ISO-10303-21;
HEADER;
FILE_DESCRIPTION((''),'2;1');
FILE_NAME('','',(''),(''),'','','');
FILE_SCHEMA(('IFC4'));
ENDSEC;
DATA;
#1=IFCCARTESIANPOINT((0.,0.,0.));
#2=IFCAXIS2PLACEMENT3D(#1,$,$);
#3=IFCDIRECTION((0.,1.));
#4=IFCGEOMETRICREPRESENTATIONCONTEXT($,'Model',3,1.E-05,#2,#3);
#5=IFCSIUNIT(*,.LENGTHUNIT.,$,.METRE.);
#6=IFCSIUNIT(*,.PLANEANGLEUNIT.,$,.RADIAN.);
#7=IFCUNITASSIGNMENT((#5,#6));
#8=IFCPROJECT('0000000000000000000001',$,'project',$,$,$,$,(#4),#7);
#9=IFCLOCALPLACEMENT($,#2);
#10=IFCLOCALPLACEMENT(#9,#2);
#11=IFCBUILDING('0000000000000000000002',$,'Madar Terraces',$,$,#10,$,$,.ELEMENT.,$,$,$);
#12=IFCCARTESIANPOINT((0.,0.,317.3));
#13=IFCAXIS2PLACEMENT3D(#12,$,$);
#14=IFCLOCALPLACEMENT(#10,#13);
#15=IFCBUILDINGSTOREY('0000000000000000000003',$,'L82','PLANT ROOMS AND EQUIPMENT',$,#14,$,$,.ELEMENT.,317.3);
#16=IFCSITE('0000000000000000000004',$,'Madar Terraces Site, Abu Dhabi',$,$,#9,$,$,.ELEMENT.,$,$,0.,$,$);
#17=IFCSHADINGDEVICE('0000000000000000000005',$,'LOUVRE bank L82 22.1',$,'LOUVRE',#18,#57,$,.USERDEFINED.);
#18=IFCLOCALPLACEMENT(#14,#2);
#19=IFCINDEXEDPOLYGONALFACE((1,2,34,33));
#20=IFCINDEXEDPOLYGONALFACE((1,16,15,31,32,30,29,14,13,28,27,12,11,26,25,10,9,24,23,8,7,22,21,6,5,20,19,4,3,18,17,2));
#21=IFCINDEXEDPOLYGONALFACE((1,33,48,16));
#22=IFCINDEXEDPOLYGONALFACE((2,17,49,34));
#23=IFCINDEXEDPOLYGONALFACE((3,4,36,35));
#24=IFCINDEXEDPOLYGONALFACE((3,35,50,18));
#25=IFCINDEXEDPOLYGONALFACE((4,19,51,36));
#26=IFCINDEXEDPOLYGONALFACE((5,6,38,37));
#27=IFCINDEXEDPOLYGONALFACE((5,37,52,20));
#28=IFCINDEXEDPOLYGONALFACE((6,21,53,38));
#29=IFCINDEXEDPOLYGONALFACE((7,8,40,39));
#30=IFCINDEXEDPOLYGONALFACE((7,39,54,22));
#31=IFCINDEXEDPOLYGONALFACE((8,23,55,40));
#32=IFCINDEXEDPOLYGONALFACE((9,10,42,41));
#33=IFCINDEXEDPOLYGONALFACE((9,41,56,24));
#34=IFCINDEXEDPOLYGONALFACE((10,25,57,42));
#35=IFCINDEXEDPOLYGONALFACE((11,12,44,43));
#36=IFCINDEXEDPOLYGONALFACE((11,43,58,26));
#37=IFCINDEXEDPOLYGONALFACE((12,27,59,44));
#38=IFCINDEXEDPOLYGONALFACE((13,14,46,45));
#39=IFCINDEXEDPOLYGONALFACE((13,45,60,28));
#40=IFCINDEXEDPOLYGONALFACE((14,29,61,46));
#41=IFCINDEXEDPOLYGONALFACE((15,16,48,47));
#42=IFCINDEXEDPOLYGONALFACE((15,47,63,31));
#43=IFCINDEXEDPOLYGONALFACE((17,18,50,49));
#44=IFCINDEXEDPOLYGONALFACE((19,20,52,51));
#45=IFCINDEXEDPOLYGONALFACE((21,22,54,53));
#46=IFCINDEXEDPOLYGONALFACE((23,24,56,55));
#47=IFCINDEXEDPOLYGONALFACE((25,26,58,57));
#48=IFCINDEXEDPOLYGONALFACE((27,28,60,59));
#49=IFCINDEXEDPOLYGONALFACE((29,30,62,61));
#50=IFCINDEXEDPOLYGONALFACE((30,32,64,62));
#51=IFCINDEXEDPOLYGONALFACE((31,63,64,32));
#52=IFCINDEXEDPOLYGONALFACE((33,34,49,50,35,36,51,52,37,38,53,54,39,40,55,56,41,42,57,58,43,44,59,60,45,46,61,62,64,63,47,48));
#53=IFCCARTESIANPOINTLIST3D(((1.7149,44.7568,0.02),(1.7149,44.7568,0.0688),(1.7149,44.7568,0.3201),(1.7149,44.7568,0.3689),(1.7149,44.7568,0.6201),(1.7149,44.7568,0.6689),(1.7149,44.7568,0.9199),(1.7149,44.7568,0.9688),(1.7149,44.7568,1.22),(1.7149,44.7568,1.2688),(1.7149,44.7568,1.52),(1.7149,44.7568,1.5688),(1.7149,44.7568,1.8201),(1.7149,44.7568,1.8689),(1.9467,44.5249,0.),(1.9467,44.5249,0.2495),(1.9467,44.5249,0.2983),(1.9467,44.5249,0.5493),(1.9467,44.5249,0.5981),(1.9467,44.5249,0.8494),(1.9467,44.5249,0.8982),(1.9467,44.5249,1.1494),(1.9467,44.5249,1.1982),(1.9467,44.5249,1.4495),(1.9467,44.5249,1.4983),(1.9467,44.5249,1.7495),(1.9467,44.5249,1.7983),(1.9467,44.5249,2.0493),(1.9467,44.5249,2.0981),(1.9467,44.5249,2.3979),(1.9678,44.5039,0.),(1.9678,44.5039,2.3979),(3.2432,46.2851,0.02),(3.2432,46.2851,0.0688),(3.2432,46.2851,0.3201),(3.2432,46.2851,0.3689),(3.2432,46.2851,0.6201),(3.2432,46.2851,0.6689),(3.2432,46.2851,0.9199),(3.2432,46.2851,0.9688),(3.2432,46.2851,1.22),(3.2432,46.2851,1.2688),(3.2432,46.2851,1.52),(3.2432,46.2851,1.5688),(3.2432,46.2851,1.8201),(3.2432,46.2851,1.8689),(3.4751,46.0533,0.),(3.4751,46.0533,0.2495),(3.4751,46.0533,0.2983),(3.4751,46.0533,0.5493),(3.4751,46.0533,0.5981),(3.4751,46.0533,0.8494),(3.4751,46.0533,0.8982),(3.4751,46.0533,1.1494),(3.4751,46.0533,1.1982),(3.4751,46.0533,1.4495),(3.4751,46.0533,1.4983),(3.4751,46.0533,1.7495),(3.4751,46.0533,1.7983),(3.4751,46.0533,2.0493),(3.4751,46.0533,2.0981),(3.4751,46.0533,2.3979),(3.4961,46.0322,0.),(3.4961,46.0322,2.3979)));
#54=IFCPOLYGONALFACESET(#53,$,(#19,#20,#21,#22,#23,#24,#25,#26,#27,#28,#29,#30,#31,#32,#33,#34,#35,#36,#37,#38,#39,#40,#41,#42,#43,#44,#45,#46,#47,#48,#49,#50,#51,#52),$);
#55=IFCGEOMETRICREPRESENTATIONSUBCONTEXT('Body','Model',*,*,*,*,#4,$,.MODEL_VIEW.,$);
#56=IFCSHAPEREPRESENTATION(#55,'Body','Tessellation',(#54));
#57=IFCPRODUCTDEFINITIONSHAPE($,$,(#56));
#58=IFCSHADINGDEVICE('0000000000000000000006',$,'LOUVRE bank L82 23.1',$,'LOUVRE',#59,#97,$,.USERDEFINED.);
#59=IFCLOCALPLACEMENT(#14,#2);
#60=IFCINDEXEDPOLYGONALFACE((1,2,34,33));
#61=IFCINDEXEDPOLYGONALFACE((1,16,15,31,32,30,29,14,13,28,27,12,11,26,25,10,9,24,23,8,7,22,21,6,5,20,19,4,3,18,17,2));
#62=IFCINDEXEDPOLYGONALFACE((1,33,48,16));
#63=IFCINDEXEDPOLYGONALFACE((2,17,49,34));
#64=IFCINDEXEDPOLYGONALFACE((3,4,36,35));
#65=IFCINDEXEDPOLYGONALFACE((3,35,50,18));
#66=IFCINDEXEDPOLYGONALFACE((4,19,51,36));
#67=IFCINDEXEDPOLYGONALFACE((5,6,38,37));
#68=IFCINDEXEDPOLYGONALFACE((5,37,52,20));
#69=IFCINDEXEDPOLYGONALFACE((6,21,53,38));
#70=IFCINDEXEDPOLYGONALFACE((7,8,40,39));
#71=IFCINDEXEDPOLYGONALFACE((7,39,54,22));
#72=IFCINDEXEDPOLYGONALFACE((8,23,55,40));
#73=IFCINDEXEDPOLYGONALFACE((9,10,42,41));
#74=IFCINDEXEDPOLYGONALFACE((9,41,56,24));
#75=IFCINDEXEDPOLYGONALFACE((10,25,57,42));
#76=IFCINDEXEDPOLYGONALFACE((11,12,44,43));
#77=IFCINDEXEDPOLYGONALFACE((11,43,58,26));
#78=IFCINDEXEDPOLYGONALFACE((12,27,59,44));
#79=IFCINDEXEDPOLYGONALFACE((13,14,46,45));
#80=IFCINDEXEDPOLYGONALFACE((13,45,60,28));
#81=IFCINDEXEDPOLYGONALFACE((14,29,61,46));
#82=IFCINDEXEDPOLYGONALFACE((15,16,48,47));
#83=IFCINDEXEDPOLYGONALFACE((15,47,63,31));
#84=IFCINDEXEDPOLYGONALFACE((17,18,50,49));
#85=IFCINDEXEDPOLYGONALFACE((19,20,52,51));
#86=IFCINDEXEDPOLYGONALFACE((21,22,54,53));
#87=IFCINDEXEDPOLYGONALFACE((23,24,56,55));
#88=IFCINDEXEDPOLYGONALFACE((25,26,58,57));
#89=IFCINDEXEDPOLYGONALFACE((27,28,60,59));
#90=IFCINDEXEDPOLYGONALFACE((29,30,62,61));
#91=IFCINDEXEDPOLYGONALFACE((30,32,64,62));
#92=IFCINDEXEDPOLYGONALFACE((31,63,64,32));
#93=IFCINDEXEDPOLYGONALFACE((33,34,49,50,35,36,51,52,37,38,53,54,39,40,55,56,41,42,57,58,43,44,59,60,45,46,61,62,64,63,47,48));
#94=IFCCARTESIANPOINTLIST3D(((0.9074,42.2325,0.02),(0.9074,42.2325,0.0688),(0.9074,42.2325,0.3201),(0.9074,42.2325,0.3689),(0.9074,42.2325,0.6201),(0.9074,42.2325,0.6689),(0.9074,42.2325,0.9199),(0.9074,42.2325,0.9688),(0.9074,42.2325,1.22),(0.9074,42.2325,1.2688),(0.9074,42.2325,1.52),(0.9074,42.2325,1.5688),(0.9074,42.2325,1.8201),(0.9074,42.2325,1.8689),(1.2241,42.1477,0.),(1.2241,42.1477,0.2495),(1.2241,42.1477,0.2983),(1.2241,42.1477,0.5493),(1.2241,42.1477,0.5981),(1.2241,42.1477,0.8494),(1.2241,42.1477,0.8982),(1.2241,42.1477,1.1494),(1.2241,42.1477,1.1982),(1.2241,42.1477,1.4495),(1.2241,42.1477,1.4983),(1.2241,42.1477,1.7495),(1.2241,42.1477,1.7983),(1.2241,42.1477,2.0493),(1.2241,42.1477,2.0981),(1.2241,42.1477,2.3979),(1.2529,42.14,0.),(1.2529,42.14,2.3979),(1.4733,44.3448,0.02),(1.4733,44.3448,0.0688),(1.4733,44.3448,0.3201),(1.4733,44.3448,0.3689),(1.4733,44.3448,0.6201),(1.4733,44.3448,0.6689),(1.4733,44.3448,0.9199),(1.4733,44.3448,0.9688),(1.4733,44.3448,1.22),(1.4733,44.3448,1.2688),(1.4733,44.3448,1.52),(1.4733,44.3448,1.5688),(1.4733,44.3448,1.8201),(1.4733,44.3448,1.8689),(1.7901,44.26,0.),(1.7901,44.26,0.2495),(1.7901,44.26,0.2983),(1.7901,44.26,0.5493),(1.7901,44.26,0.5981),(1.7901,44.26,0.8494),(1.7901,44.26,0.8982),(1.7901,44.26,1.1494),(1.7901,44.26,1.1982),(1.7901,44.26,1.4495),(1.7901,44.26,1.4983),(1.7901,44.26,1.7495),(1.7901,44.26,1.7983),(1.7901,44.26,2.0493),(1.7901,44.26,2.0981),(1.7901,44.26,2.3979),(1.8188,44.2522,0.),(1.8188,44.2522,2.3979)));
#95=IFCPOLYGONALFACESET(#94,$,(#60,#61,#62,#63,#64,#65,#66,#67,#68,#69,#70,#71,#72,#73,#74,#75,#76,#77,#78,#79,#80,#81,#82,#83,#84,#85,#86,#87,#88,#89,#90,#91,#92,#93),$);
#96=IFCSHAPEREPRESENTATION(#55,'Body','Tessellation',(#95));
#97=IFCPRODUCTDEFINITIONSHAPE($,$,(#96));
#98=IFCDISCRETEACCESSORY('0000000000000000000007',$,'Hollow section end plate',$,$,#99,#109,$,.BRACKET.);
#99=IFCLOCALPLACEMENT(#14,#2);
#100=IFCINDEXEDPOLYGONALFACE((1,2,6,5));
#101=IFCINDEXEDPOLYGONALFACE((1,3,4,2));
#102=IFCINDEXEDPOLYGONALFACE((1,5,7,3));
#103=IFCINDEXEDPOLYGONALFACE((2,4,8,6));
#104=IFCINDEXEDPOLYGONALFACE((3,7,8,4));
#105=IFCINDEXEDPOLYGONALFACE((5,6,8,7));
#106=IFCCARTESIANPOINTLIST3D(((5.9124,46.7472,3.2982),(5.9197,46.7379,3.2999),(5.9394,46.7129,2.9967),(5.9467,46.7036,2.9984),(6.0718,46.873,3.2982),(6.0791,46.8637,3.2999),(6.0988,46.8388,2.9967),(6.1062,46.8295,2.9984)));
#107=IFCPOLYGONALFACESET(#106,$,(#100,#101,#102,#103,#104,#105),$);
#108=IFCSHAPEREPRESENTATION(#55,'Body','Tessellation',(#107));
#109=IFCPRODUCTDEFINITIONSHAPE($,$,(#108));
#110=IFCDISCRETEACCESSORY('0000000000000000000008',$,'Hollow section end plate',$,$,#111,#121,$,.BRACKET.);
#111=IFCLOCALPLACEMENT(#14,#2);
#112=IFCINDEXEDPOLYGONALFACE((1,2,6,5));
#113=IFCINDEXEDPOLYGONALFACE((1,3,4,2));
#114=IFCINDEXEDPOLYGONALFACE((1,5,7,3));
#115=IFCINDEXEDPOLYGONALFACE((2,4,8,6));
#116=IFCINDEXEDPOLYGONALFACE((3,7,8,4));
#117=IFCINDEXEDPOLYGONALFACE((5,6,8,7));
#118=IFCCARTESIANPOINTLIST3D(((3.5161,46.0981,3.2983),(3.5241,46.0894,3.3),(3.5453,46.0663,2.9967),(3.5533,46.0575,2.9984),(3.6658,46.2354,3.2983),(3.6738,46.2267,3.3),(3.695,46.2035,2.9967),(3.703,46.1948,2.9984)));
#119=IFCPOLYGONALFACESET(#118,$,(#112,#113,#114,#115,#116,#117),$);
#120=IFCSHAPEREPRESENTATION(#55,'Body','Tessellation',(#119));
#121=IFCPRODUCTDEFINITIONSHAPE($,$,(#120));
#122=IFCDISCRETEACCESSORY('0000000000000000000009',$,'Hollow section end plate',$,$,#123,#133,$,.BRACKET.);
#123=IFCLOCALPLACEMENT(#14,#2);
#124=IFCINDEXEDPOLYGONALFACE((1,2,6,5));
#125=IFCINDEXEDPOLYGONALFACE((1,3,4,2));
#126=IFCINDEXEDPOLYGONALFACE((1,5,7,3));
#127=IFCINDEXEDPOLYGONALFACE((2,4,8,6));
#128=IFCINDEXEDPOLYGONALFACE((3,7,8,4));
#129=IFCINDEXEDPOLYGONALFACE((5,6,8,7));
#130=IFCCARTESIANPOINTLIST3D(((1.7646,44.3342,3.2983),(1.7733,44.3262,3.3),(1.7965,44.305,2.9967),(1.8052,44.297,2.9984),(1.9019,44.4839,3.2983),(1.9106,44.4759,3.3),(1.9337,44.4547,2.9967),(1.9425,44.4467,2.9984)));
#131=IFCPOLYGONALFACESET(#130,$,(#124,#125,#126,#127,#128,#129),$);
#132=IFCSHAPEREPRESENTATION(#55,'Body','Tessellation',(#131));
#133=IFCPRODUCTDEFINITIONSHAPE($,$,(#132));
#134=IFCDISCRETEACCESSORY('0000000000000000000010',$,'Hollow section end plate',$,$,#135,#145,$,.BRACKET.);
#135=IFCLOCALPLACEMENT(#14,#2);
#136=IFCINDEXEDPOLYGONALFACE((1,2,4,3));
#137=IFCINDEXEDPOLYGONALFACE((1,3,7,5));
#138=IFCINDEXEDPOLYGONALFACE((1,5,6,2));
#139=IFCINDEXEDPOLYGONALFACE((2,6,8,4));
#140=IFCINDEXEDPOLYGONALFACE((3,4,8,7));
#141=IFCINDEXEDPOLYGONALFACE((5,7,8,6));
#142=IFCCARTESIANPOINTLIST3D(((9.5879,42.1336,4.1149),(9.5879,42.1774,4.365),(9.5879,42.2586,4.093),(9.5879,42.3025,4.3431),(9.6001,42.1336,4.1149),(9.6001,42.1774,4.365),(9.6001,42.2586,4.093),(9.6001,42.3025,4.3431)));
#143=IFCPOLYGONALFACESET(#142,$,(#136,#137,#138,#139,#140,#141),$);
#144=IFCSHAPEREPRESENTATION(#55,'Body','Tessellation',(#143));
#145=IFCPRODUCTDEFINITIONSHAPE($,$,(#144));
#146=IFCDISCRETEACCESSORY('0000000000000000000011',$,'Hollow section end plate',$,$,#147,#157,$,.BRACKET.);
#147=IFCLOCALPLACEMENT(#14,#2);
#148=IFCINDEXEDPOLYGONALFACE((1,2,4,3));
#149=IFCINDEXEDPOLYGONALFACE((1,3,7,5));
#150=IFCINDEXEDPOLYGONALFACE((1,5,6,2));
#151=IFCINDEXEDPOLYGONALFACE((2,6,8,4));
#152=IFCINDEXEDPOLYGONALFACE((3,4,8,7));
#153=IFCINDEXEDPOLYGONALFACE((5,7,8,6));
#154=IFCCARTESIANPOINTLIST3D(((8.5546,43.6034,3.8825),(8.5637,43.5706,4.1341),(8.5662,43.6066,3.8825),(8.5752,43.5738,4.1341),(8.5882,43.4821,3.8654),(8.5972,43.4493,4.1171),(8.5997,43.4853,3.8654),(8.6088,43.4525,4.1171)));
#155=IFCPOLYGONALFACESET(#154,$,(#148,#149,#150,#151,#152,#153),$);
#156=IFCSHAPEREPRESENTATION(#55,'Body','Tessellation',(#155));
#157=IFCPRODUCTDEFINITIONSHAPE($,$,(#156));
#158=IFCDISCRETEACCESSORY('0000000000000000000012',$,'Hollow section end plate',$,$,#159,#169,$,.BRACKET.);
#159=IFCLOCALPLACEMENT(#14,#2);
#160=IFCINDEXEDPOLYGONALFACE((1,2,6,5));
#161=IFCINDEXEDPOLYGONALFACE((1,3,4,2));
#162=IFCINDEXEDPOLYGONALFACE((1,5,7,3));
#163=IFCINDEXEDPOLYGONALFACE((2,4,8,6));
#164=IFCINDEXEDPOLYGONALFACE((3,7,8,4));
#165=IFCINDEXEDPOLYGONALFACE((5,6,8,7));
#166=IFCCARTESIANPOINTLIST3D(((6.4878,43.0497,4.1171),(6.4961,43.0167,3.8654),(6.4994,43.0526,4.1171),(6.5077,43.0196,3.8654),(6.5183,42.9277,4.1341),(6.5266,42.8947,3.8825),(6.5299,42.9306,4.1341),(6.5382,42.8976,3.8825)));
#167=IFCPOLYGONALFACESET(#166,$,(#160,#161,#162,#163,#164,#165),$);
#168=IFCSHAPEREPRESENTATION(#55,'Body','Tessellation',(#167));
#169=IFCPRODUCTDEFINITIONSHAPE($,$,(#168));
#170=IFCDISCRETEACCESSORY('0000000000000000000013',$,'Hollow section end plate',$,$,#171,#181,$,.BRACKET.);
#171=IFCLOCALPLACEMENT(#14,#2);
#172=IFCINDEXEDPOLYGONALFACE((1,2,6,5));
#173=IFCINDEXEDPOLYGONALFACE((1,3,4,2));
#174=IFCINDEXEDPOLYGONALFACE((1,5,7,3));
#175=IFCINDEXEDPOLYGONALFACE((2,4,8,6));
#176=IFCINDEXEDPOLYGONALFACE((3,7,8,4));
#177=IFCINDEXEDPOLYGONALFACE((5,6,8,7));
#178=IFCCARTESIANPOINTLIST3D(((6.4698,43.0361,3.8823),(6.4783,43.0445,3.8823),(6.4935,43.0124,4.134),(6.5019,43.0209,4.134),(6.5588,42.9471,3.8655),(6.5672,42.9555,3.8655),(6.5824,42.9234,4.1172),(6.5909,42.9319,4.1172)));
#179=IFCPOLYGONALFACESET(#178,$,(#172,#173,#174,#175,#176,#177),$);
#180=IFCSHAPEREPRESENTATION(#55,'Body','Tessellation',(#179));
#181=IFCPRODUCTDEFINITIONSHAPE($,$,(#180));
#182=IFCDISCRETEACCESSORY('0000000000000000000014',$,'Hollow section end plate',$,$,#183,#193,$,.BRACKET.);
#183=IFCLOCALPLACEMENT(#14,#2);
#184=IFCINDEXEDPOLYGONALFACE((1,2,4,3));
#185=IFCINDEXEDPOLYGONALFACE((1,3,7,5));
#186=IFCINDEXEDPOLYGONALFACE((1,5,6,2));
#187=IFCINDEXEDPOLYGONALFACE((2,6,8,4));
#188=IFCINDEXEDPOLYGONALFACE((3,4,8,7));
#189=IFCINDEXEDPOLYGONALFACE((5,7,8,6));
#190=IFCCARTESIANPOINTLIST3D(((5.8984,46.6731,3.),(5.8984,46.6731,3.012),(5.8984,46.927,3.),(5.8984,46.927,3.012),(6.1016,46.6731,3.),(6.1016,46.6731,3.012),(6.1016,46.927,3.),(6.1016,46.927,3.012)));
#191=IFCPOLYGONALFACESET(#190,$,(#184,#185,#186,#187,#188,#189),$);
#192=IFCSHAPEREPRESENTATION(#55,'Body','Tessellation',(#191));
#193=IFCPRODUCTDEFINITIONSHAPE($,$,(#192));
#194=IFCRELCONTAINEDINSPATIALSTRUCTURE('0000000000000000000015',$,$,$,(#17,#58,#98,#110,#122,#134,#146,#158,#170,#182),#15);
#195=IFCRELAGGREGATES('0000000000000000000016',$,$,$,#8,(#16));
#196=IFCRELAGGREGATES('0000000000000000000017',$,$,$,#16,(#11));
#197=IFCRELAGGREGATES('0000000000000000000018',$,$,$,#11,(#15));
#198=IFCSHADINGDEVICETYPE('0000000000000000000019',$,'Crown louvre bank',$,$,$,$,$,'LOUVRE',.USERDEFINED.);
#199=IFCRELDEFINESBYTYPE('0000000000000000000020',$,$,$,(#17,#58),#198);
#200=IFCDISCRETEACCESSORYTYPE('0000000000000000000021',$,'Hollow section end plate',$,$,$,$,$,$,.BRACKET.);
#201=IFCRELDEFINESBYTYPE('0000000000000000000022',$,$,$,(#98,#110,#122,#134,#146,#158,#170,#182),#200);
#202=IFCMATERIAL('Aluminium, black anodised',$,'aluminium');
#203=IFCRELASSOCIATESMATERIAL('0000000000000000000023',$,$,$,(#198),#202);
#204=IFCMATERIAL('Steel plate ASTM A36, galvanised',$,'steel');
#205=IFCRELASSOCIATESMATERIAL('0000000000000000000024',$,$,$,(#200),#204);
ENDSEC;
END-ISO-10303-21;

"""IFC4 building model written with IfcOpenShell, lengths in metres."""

from ifc_helpers import new_model, si_unit, direction, frame, origin, origin_2d, place, context, subcontext, project, spatial, polyline, rectangle, outline, extrude, material, type_object, element, save


model = new_model("IFC4")

# Units and contexts
model_context = context("Model", 3, precision=1e-05, world=origin(), true_north=direction((0.0, 1.0)))
body_context = subcontext(model_context, "Body", "Model", "MODEL_VIEW")
ifc_project = project(units=[si_unit("LENGTHUNIT", "METRE"), si_unit("PLANEANGLEUNIT", "RADIAN")], contexts=[model_context])

# Site, building, storey
site_placement = place(None, origin())
site = spatial("IfcSite", under=ifc_project, at=site_placement, Name="Madar Terraces Site, Abu Dhabi", CompositionType="ELEMENT", RefElevation=0.0)
building_placement = place(site_placement, origin())
building = spatial("IfcBuilding", under=site, at=building_placement, Name="Madar Terraces", CompositionType="ELEMENT")
storey_placement = place(building_placement, frame((0.0, 0.0, 317.3)))
storey = spatial("IfcBuildingStorey", under=building, at=storey_placement, Name="L82", Description="PLANT ROOMS AND EQUIPMENT", CompositionType="ELEMENT", Elevation=317.3)

# Shading devices
ifc_material_1 = material(Name="Aluminium, black anodised", Category="aluminium")
shading_device_type = type_object("IfcShadingDeviceType", Name="Crown louvre bank", ElementType="LOUVRE", PredefinedType="USERDEFINED", material=ifc_material_1)
shading_device_1_placement = place(storey_placement, frame((3.4856, 46.0427, 0.0), z_axis=(-0.707107, -0.707107, 0.0), x_axis=(0.707107, -0.707107, 0.0)))
element("IfcShadingDevice", 1, at=shading_device_1_placement, inside=storey, type_object=shading_device_type, Name="LOUVRE bank L82 22.1", ObjectType="LOUVRE", PredefinedType="USERDEFINED", context=body_context, shape_type="SweptSolid", body=[
    extrude(outline(polyline([(0.0149, 0.0), (-0.0149, 0.0), (-0.0149, 0.2495), (-0.3428, 0.02), (-0.3428, 0.0688), (-0.0149, 0.2983), (-0.0149, 0.5493), (-0.3428, 0.3201), (-0.3428, 0.3689), (-0.0149, 0.5981), (-0.0149, 0.8494), (-0.3428, 0.6201), (-0.3428, 0.6689), (-0.0149, 0.8982), (-0.0149, 1.1494), (-0.3428, 0.9199), (-0.3428, 0.9688), (-0.0149, 1.1982), (-0.0149, 1.4495), (-0.3428, 1.22), (-0.3428, 1.2688), (-0.0149, 1.4983), (-0.0149, 1.7495), (-0.3428, 1.52), (-0.3428, 1.5688), (-0.0149, 1.7983), (-0.0149, 2.0493), (-0.3428, 1.8201), (-0.3428, 1.8689), (-0.0149, 2.0981), (-0.0149, 2.3979), (0.0149, 2.3979), (0.0149, 0.0)])), origin(), (0.0, 0.0, 1.0), 2.1614),
])
shading_device_2_placement = place(storey_placement, frame((1.8044, 44.2561, 0.0), z_axis=(-0.258788, -0.965934, 0.0), x_axis=(0.965934, -0.258788, 0.0)))
element("IfcShadingDevice", 2, at=shading_device_2_placement, inside=storey, type_object=shading_device_type, Name="LOUVRE bank L82 23.1", ObjectType="LOUVRE", PredefinedType="USERDEFINED", context=body_context, shape_type="SweptSolid", body=[
    extrude(outline(polyline([(0.0149, 0.0), (-0.0149, 0.0), (-0.0149, 0.2495), (-0.3428, 0.02), (-0.3428, 0.0688), (-0.0149, 0.2983), (-0.0149, 0.5493), (-0.3428, 0.3201), (-0.3428, 0.3689), (-0.0149, 0.5981), (-0.0149, 0.8494), (-0.3428, 0.6201), (-0.3428, 0.6689), (-0.0149, 0.8982), (-0.0149, 1.1494), (-0.3428, 0.9199), (-0.3428, 0.9688), (-0.0149, 1.1982), (-0.0149, 1.4495), (-0.3428, 1.22), (-0.3428, 1.2688), (-0.0149, 1.4983), (-0.0149, 1.7495), (-0.3428, 1.52), (-0.3428, 1.5688), (-0.0149, 1.7983), (-0.0149, 2.0493), (-0.3428, 1.8201), (-0.3428, 1.8689), (-0.0149, 2.0981), (-0.0149, 2.3979), (0.0149, 2.3979), (0.0149, 0.0)])), origin(), (0.0, 0.0, 1.0), 2.1868),
])

# Discrete accessories
ifc_material_2 = material(Name="Steel plate ASTM A36, galvanised", Category="steel")
discrete_accessory_type = type_object("IfcDiscreteAccessoryType", Name="Hollow section end plate", PredefinedType="BRACKET", material=ifc_material_2)
for number, where, z_axis, x_axis, name in (
    (3, (6.0129, 46.7837, 3.1492), (-0.613267, 0.776805, -0.143096), (-0.784883, -0.619644, 0.0), "Hollow section end plate"),
    (4, (3.6135, 46.1421, 3.1492), (-0.668888, 0.729696, -0.141885), (-0.737154, -0.675725, 0.0), "Hollow section end plate"),
    (5, (1.8579, 44.3865, 3.1492), (-0.729696, 0.668888, -0.141885), (-0.675725, -0.737154, 0.0), "Hollow section end plate"),
):
    element("IfcDiscreteAccessory", number, at=place(storey_placement, frame(where, z_axis=z_axis, x_axis=x_axis)), inside=storey, type_object=discrete_accessory_type, Name=name, PredefinedType="BRACKET", context=body_context, shape_type="SweptSolid", body=[
        extrude(rectangle(XDim=0.2031, YDim=0.3047, at=origin_2d()), origin(), (0.0, 0.0, 1.0), 0.012),
    ])
discrete_accessory_placement = place(storey_placement, frame((9.6001, 42.218, 4.229), z_axis=(-1.0, 0.0, 0.0), x_axis=(0.0, -0.984957, 0.172799)))
element("IfcDiscreteAccessory", 6, at=discrete_accessory_placement, inside=storey, type_object=discrete_accessory_type, Name="Hollow section end plate", PredefinedType="BRACKET", context=body_context, shape_type="SweptSolid", body=[
    extrude(rectangle(XDim=0.127, YDim=0.2539, at=origin_2d()), origin(), (0.0, 0.0, 1.0), 0.0122),
])
for number, where, z_axis, x_axis, name in (
    (7, (8.5759, 43.5264, 3.9998), (0.963811, 0.266586, 0.0), (-0.264179, 0.955108, 0.134086), "Hollow section end plate"),
    (8, (6.5188, 42.9751, 3.9998), (-0.970143, -0.242536, 0.0), (0.240345, -0.961382, 0.134086), "Hollow section end plate"),
    (9, (6.5261, 42.9797, 3.9998), (0.707107, 0.707107, 0.0), (-0.700941, 0.700941, 0.131765), "Hollow section end plate"),
):
    element("IfcDiscreteAccessory", number, at=place(storey_placement, frame(where, z_axis=z_axis, x_axis=x_axis)), inside=storey, type_object=discrete_accessory_type, Name=name, PredefinedType="BRACKET", context=body_context, shape_type="SweptSolid", body=[
        extrude(rectangle(XDim=0.127, YDim=0.2539, at=origin_2d()), origin(), (0.0, 0.0, 1.0), 0.012),
    ])
for number, where, z_axis, x_axis, name in (
    (10, (6.0, 46.8, 3.0), (0.0, 0.0, 1.0), (1.0, 0.0, 0.0), "Hollow section end plate"),
):
    element("IfcDiscreteAccessory", number, at=place(storey_placement, frame(where, z_axis=z_axis, x_axis=x_axis)), inside=storey, type_object=discrete_accessory_type, Name=name, PredefinedType="BRACKET", context=body_context, shape_type="SweptSolid", body=[
        extrude(rectangle(XDim=0.2031, YDim=0.2539, at=origin_2d()), origin(), (0.0, 0.0, 1.0), 0.012),
    ])

save(model, "model.ifc")
